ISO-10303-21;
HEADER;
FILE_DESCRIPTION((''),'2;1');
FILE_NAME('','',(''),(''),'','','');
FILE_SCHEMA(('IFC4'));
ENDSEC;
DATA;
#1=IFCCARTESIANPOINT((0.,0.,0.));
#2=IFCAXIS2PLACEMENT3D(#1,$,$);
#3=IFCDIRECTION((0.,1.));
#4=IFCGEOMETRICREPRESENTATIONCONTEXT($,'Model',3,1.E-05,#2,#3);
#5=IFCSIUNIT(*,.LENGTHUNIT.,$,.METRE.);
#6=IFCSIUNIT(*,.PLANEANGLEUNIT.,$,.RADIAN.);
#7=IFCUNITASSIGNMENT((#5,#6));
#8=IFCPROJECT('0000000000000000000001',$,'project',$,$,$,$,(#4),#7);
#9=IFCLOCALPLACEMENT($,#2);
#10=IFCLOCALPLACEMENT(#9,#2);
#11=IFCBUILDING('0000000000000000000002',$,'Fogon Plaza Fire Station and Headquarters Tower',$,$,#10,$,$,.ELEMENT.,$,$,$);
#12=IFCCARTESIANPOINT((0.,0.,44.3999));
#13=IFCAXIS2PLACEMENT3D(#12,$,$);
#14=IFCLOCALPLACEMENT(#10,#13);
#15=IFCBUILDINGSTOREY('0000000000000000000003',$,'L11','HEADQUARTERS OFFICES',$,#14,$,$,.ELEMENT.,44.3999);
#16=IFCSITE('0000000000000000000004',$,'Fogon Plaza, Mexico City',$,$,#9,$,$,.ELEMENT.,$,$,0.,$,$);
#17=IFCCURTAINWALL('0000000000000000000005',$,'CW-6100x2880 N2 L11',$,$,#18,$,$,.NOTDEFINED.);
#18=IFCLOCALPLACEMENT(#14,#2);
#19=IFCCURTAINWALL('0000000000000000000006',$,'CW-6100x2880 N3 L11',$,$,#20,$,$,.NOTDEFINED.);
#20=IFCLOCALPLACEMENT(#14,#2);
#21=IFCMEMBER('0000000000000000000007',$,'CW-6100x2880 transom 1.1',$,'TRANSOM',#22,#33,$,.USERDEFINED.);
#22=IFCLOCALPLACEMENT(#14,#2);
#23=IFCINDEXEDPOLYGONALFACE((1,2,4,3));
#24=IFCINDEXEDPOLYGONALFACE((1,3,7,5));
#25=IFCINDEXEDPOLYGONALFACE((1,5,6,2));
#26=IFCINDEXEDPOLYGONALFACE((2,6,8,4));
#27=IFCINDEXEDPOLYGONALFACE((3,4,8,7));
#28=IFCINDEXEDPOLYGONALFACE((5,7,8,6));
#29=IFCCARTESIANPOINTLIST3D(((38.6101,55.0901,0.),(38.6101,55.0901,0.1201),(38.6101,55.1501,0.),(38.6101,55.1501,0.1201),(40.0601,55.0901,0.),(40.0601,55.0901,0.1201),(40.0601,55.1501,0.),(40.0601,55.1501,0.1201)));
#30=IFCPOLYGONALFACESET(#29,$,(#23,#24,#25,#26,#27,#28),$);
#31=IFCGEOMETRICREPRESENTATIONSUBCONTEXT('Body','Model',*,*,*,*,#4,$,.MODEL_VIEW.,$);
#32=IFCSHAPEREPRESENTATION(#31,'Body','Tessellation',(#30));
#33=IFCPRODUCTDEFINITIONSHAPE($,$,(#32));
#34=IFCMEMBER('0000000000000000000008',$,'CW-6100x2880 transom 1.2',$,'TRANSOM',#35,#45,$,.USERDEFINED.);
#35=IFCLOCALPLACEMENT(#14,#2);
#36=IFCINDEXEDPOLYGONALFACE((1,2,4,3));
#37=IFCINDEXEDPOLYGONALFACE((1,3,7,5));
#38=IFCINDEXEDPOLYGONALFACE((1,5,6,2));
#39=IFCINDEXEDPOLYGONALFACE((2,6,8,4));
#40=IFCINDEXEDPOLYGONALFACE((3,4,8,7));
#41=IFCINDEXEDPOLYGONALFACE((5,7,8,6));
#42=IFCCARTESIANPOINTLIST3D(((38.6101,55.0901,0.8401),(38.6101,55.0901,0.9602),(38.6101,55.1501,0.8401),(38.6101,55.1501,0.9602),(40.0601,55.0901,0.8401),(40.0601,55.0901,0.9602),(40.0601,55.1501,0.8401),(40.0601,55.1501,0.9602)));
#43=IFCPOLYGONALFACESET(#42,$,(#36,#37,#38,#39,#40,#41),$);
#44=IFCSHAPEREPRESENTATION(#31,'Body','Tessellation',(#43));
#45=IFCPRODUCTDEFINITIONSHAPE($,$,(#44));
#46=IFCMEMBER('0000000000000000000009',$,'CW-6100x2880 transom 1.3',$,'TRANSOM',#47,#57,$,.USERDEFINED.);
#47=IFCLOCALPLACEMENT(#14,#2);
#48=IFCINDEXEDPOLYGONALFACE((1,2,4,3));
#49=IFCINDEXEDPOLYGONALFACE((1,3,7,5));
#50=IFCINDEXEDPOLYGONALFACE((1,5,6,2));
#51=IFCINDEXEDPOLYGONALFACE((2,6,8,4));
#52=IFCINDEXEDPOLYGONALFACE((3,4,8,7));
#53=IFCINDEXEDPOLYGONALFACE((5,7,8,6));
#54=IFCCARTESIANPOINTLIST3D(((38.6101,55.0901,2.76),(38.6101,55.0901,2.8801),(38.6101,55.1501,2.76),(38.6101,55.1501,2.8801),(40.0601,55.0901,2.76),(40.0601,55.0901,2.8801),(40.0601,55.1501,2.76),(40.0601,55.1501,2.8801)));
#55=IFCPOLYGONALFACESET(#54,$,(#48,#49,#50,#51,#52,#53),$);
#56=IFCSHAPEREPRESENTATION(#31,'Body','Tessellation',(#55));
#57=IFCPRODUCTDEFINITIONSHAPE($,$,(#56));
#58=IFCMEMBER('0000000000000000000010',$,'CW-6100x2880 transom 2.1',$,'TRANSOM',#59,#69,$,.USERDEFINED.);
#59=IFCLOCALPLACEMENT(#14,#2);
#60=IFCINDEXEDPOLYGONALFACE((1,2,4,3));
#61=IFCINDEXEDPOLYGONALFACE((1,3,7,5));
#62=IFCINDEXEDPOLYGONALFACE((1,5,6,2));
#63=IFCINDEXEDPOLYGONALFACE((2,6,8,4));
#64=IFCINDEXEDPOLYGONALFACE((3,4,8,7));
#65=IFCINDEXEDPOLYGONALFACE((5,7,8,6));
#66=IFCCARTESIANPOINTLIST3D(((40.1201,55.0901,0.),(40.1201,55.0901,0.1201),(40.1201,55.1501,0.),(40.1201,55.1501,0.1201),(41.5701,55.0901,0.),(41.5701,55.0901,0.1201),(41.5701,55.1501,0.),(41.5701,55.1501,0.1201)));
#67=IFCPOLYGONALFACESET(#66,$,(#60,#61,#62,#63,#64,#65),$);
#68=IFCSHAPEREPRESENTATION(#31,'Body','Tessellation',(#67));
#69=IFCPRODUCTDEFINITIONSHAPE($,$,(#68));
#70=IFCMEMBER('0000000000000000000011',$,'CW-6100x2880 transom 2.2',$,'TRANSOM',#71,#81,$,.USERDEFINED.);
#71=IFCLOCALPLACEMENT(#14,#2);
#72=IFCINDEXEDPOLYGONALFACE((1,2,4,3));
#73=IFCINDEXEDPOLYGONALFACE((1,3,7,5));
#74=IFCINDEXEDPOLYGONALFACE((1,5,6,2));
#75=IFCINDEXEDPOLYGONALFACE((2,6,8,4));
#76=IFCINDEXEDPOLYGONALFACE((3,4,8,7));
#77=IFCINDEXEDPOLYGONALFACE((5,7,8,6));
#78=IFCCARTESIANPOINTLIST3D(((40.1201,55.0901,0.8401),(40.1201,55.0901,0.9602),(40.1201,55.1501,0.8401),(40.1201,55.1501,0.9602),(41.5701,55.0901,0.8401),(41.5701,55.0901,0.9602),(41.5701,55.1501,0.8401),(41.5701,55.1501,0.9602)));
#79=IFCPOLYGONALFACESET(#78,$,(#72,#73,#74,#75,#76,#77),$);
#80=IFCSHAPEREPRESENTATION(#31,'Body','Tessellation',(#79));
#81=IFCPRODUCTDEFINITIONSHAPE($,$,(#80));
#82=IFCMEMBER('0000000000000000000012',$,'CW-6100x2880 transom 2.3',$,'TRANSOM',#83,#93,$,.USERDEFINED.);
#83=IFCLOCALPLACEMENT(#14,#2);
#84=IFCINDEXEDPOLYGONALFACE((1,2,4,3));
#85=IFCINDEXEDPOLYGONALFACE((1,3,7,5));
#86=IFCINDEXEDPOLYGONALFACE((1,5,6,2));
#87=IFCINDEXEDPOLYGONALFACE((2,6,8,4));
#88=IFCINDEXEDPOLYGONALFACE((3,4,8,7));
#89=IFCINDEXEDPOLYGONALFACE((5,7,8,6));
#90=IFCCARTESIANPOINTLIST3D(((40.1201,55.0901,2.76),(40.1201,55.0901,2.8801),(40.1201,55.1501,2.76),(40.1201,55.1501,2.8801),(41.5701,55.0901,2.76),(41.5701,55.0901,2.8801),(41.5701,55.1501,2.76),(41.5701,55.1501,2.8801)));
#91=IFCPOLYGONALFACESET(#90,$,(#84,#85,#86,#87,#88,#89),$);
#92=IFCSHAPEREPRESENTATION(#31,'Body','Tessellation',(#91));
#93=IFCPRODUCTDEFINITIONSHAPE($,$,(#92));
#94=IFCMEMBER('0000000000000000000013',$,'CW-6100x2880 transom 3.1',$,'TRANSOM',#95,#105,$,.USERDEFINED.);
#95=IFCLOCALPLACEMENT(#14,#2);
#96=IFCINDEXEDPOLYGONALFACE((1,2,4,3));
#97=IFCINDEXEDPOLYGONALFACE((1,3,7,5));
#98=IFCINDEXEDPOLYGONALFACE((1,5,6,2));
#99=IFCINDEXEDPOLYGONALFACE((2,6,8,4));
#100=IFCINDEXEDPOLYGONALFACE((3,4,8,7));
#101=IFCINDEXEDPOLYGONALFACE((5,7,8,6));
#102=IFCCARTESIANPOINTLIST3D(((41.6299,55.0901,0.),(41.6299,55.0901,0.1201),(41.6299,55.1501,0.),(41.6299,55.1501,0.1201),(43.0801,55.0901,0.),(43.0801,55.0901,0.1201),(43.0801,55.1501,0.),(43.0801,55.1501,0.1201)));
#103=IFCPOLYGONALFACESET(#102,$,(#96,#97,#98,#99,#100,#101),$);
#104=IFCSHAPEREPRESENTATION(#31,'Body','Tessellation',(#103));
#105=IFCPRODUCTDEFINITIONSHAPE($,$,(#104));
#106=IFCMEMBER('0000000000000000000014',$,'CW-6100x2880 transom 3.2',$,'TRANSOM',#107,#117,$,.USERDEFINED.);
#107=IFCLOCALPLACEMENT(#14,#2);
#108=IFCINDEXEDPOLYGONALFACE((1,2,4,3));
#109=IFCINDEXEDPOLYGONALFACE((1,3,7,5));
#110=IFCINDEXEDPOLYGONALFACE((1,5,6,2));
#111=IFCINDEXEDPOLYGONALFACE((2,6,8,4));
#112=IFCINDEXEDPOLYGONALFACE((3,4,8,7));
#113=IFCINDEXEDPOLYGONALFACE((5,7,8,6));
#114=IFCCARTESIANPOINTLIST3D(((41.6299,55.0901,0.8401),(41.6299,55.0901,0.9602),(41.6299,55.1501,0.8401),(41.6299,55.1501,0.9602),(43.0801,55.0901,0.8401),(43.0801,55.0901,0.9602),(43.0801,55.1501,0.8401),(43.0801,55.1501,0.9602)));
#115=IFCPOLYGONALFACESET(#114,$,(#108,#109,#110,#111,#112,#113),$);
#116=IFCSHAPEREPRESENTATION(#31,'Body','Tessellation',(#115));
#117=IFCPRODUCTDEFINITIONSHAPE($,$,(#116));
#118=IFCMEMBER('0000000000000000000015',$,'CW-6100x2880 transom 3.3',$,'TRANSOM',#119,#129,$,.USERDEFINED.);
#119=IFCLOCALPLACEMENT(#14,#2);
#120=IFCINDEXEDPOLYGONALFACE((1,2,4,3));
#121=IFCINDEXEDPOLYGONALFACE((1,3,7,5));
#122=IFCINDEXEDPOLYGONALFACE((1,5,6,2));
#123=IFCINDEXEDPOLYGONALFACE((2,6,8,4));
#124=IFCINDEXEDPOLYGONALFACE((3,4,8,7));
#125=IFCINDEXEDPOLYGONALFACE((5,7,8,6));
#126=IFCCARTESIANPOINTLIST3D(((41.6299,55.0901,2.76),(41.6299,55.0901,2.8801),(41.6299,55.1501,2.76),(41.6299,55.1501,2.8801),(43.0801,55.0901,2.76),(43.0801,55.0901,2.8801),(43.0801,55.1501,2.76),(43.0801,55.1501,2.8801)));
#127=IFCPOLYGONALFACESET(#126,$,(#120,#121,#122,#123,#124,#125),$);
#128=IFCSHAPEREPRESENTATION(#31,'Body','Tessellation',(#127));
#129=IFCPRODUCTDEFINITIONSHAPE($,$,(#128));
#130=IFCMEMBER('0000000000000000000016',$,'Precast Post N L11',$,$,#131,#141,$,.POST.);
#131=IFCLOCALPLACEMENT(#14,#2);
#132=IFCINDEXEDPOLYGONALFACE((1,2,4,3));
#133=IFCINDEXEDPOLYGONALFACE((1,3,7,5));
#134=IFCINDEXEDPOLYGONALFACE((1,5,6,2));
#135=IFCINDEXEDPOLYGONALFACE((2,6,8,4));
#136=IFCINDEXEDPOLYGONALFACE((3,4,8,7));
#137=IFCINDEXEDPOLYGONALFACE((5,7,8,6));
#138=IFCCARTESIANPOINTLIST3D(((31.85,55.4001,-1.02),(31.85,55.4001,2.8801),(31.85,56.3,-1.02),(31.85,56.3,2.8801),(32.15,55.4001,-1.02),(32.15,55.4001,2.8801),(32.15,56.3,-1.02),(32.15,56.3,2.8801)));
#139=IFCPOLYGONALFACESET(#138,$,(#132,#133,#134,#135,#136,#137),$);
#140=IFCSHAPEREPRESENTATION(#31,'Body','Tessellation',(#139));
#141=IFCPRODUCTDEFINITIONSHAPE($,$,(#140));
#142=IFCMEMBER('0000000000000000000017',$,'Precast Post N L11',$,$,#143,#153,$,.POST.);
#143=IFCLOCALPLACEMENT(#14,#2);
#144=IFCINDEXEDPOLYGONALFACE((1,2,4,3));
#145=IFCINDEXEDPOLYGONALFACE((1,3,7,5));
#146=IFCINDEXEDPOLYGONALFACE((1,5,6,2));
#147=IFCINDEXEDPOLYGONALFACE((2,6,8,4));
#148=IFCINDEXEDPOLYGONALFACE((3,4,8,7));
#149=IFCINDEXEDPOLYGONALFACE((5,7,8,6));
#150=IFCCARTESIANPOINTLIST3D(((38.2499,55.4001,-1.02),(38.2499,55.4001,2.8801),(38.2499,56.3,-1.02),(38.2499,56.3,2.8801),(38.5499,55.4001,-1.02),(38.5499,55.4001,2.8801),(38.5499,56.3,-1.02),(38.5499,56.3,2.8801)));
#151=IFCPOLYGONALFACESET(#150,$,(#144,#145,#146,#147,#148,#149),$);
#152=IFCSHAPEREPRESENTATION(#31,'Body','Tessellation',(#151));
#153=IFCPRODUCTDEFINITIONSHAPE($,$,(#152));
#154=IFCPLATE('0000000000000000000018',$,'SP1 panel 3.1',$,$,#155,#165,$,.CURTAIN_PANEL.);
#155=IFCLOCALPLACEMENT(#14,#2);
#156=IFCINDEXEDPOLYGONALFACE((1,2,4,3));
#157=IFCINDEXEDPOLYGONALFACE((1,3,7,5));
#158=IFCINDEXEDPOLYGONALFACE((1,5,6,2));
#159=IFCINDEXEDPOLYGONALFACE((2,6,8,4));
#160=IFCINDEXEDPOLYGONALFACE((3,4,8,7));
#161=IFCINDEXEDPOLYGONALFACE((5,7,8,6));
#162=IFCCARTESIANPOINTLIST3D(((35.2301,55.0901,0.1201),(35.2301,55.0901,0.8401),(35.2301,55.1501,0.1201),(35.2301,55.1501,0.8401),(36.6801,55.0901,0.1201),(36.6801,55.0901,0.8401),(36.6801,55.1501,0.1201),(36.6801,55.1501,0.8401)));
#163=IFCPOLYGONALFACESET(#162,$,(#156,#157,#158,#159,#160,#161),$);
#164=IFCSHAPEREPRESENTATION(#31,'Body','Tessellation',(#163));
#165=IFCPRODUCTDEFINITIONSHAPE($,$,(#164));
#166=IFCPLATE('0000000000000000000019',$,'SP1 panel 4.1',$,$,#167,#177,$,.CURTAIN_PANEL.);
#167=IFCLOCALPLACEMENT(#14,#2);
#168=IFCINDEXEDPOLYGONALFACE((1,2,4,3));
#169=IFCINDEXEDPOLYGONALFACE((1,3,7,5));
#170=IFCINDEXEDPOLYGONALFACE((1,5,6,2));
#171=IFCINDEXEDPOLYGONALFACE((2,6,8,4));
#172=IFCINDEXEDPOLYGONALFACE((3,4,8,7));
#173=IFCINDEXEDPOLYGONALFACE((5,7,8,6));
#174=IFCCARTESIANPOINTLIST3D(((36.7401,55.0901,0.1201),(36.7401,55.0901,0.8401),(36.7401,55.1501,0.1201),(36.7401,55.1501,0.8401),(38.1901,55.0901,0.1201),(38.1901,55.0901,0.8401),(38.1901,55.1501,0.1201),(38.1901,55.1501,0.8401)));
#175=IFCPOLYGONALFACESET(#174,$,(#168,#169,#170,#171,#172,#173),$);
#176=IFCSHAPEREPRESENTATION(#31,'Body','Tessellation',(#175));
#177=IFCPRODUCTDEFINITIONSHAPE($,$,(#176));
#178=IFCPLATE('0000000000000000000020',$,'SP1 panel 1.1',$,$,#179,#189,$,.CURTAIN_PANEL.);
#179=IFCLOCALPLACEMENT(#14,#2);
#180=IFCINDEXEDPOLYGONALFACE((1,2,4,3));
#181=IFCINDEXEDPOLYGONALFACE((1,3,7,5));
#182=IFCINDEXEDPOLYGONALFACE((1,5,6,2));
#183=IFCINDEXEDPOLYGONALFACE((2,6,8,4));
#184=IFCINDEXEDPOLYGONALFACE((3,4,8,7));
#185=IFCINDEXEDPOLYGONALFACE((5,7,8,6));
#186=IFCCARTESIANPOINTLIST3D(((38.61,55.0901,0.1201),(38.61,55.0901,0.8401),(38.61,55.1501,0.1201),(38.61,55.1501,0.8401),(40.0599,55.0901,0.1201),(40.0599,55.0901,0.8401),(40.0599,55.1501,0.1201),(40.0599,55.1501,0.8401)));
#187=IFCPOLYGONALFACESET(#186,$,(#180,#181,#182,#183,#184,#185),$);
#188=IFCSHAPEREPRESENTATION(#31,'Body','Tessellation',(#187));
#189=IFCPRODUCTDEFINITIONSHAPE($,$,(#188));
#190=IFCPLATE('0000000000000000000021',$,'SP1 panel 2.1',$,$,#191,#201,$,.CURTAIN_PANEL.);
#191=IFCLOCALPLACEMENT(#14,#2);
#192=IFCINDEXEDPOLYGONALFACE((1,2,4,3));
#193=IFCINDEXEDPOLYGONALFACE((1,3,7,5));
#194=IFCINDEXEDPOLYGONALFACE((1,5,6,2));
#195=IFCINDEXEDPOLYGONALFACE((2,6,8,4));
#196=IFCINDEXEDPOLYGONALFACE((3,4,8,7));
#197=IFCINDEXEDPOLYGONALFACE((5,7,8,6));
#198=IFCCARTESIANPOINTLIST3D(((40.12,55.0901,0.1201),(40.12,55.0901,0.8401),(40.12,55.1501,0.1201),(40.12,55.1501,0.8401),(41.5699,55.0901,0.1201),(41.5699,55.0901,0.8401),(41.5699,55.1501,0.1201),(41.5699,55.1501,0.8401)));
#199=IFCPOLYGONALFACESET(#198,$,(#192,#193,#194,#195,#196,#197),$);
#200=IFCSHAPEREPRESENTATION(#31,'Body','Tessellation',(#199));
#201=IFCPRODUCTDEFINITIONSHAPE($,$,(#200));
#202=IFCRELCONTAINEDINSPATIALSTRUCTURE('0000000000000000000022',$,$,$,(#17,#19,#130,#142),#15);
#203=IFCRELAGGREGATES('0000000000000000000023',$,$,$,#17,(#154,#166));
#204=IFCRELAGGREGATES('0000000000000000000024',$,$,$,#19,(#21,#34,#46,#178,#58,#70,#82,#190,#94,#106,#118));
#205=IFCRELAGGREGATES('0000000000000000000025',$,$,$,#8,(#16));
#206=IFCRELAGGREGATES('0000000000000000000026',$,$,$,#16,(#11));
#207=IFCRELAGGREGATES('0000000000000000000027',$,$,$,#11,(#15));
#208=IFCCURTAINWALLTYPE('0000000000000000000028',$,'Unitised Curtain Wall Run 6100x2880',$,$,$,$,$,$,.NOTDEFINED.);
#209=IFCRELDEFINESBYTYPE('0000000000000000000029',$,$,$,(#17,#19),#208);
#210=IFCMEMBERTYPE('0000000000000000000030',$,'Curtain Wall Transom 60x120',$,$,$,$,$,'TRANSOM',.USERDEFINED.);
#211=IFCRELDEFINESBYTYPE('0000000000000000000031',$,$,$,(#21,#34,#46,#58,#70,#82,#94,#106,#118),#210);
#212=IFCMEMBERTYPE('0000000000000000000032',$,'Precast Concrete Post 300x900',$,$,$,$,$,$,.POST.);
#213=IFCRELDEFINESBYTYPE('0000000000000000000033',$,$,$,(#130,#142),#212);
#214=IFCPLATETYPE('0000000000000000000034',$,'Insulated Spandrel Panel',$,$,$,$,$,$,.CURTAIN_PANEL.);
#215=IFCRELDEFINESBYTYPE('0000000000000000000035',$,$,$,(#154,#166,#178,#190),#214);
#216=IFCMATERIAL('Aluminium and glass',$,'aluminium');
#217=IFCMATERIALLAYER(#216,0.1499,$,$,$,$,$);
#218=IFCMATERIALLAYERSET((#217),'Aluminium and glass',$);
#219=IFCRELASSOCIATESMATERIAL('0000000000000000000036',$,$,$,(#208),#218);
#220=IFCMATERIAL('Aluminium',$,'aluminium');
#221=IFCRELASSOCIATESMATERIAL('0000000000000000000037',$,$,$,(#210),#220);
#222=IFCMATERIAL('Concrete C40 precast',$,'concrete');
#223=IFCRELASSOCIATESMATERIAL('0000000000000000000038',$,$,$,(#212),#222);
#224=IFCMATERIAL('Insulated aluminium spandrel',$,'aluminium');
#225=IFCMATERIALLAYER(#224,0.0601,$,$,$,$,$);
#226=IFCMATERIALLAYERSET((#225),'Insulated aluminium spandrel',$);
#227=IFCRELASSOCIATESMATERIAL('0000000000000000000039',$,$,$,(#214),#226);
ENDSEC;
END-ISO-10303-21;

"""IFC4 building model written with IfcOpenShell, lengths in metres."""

from ifc_helpers import new_model, si_unit, direction, frame, origin, origin_2d, place, context, subcontext, project, spatial, rectangle, extrude, material, layer, layer_set, material_profile, profile_set, type_object, element, aggregate, save


model = new_model("IFC4")

# Units and contexts
model_context = context("Model", 3, precision=1e-05, world=origin(), true_north=direction((0.0, 1.0)))
body_context = subcontext(model_context, "Body", "Model", "MODEL_VIEW")
ifc_project = project(units=[si_unit("LENGTHUNIT", "METRE"), si_unit("PLANEANGLEUNIT", "RADIAN")], contexts=[model_context])

# Site, building, storey
site_placement = place(None, origin())
site = spatial("IfcSite", under=ifc_project, at=site_placement, Name="Fogon Plaza, Mexico City", CompositionType="ELEMENT", RefElevation=0.0)
building_placement = place(site_placement, origin())
building = spatial("IfcBuilding", under=site, at=building_placement, Name="Fogon Plaza Fire Station and Headquarters Tower", CompositionType="ELEMENT")
storey_placement = place(building_placement, frame((0.0, 0.0, 44.3999)))
storey = spatial("IfcBuildingStorey", under=building, at=storey_placement, Name="L11", Description="HEADQUARTERS OFFICES", CompositionType="ELEMENT", Elevation=44.3999)

# Curtain walls
ifc_material_1 = material(Name="Aluminium and glass", Category="aluminium")
ifc_layer_1 = layer(ifc_material_1, 0.1499)
ifc_layer_set_1 = layer_set([ifc_layer_1], Name="Aluminium and glass")
curtain_wall_type = type_object("IfcCurtainWallType", Name="Unitised Curtain Wall Run 6100x2880", PredefinedType="NOTDEFINED", material=ifc_layer_set_1)
curtain_wall_1_placement = place(storey_placement, origin())
curtain_wall_1 = element("IfcCurtainWall", 1, at=curtain_wall_1_placement, inside=storey, type_object=curtain_wall_type, Name="CW-6100x2880 N2 L11", PredefinedType="NOTDEFINED")
curtain_wall_2_placement = place(storey_placement, origin())
curtain_wall_2 = element("IfcCurtainWall", 2, at=curtain_wall_2_placement, inside=storey, type_object=curtain_wall_type, Name="CW-6100x2880 N3 L11", PredefinedType="NOTDEFINED")

# Members
ifc_material_2 = material(Name="Aluminium", Category="aluminium")
ifc_material_profile_1 = material_profile(ifc_material_2, rectangle(XDim=0.0601, YDim=0.1201, at=origin_2d()), Name="Curtain Wall Transom 60x120")
ifc_profile_set_1 = profile_set([ifc_material_profile_1], Name="Aluminium")
member_type_1 = type_object("IfcMemberType", Name="Curtain Wall Transom 60x120", ElementType="TRANSOM", PredefinedType="USERDEFINED", material=ifc_profile_set_1)
member_1_placement = place(storey_placement, frame((38.6101, 55.1201, 0.0601), z_axis=(1.0, 0.0, 0.0), x_axis=(0.0, 1.0, 0.0)))
member_1 = element("IfcMember", 3, at=member_1_placement, type_object=member_type_1, Name="CW-6100x2880 transom 1.1", ObjectType="TRANSOM", PredefinedType="USERDEFINED", context=body_context, shape_type="SweptSolid", body=[
    extrude(rectangle(XDim=0.0601, YDim=0.1201, at=origin_2d()), origin(), (0.0, 0.0, 1.0), 1.45),
])
member_2_placement = place(storey_placement, frame((38.6101, 55.1201, 0.9001), z_axis=(1.0, 0.0, 0.0), x_axis=(0.0, 1.0, 0.0)))
member_2 = element("IfcMember", 4, at=member_2_placement, type_object=member_type_1, Name="CW-6100x2880 transom 1.2", ObjectType="TRANSOM", PredefinedType="USERDEFINED", context=body_context, shape_type="SweptSolid", body=[
    extrude(rectangle(XDim=0.0601, YDim=0.1201, at=origin_2d()), origin(), (0.0, 0.0, 1.0), 1.45),
])
member_3_placement = place(storey_placement, frame((38.6101, 55.1201, 2.8201), z_axis=(1.0, 0.0, 0.0), x_axis=(0.0, 1.0, 0.0)))
member_3 = element("IfcMember", 5, at=member_3_placement, type_object=member_type_1, Name="CW-6100x2880 transom 1.3", ObjectType="TRANSOM", PredefinedType="USERDEFINED", context=body_context, shape_type="SweptSolid", body=[
    extrude(rectangle(XDim=0.0601, YDim=0.1201, at=origin_2d()), origin(), (0.0, 0.0, 1.0), 1.45),
])
member_4_placement = place(storey_placement, frame((40.1201, 55.1201, 0.0601), z_axis=(1.0, 0.0, 0.0), x_axis=(0.0, 1.0, 0.0)))
member_4 = element("IfcMember", 6, at=member_4_placement, type_object=member_type_1, Name="CW-6100x2880 transom 2.1", ObjectType="TRANSOM", PredefinedType="USERDEFINED", context=body_context, shape_type="SweptSolid", body=[
    extrude(rectangle(XDim=0.0601, YDim=0.1201, at=origin_2d()), origin(), (0.0, 0.0, 1.0), 1.45),
])
member_5_placement = place(storey_placement, frame((40.1201, 55.1201, 0.9001), z_axis=(1.0, 0.0, 0.0), x_axis=(0.0, 1.0, 0.0)))
member_5 = element("IfcMember", 7, at=member_5_placement, type_object=member_type_1, Name="CW-6100x2880 transom 2.2", ObjectType="TRANSOM", PredefinedType="USERDEFINED", context=body_context, shape_type="SweptSolid", body=[
    extrude(rectangle(XDim=0.0601, YDim=0.1201, at=origin_2d()), origin(), (0.0, 0.0, 1.0), 1.45),
])
member_6_placement = place(storey_placement, frame((40.1201, 55.1201, 2.8201), z_axis=(1.0, 0.0, 0.0), x_axis=(0.0, 1.0, 0.0)))
member_6 = element("IfcMember", 8, at=member_6_placement, type_object=member_type_1, Name="CW-6100x2880 transom 2.3", ObjectType="TRANSOM", PredefinedType="USERDEFINED", context=body_context, shape_type="SweptSolid", body=[
    extrude(rectangle(XDim=0.0601, YDim=0.1201, at=origin_2d()), origin(), (0.0, 0.0, 1.0), 1.45),
])
member_7_placement = place(storey_placement, frame((41.6299, 55.1201, 0.0601), z_axis=(1.0, 0.0, 0.0), x_axis=(0.0, 1.0, 0.0)))
member_7 = element("IfcMember", 9, at=member_7_placement, type_object=member_type_1, Name="CW-6100x2880 transom 3.1", ObjectType="TRANSOM", PredefinedType="USERDEFINED", context=body_context, shape_type="SweptSolid", body=[
    extrude(rectangle(XDim=0.0601, YDim=0.1201, at=origin_2d()), origin(), (0.0, 0.0, 1.0), 1.4502),
])
member_8_placement = place(storey_placement, frame((41.6299, 55.1201, 0.9001), z_axis=(1.0, 0.0, 0.0), x_axis=(0.0, 1.0, 0.0)))
member_8 = element("IfcMember", 10, at=member_8_placement, type_object=member_type_1, Name="CW-6100x2880 transom 3.2", ObjectType="TRANSOM", PredefinedType="USERDEFINED", context=body_context, shape_type="SweptSolid", body=[
    extrude(rectangle(XDim=0.0601, YDim=0.1201, at=origin_2d()), origin(), (0.0, 0.0, 1.0), 1.4502),
])
member_9_placement = place(storey_placement, frame((41.6299, 55.1201, 2.8201), z_axis=(1.0, 0.0, 0.0), x_axis=(0.0, 1.0, 0.0)))
member_9 = element("IfcMember", 11, at=member_9_placement, type_object=member_type_1, Name="CW-6100x2880 transom 3.3", ObjectType="TRANSOM", PredefinedType="USERDEFINED", context=body_context, shape_type="SweptSolid", body=[
    extrude(rectangle(XDim=0.0601, YDim=0.1201, at=origin_2d()), origin(), (0.0, 0.0, 1.0), 1.4502),
])

# Members
ifc_material_3 = material(Name="Concrete C40 precast", Category="concrete")
ifc_material_profile_2 = material_profile(ifc_material_3, rectangle(XDim=0.3, YDim=0.8999, at=origin_2d()), Name="Precast Concrete Post 300x900")
ifc_profile_set_2 = profile_set([ifc_material_profile_2], Name="Concrete C40 precast")
member_type_2 = type_object("IfcMemberType", Name="Precast Concrete Post 300x900", PredefinedType="POST", material=ifc_profile_set_2)
for number, where, z_axis, x_axis, name in (
    (12, (32.0, 55.8501, -1.02), (0.0, 0.0, 1.0), (1.0, 0.0, 0.0), "Precast Post N L11"),
    (13, (38.3999, 55.8501, -1.02), (0.0, 0.0, 1.0), (1.0, 0.0, 0.0), "Precast Post N L11"),
):
    element("IfcMember", number, at=place(storey_placement, frame(where, z_axis=z_axis, x_axis=x_axis)), inside=storey, type_object=member_type_2, Name=name, PredefinedType="POST", context=body_context, shape_type="SweptSolid", body=[
        extrude(rectangle(XDim=0.3, YDim=0.8999, at=origin_2d()), origin(), (0.0, 0.0, 1.0), 3.9001),
    ])

# Plates
ifc_material_4 = material(Name="Insulated aluminium spandrel", Category="aluminium")
ifc_layer_2 = layer(ifc_material_4, 0.0601)
ifc_layer_set_2 = layer_set([ifc_layer_2], Name="Insulated aluminium spandrel")
plate_type_1 = type_object("IfcPlateType", Name="Insulated Spandrel Panel", PredefinedType="CURTAIN_PANEL", material=ifc_layer_set_2)
plate_1_placement = place(storey_placement, frame((35.9551, 55.1201, 0.1201), z_axis=(0.0, 0.0, 1.0), x_axis=(1.0, 0.0, 0.0)))
plate_1 = element("IfcPlate", 14, at=plate_1_placement, type_object=plate_type_1, Name="SP1 panel 3.1", PredefinedType="CURTAIN_PANEL", context=body_context, shape_type="SweptSolid", body=[
    extrude(rectangle(XDim=1.45, YDim=0.0601, at=origin_2d()), origin(), (0.0, 0.0, 1.0), 0.72),
])
plate_2_placement = place(storey_placement, frame((37.4651, 55.1201, 0.1201), z_axis=(0.0, 0.0, 1.0), x_axis=(1.0, 0.0, 0.0)))
plate_2 = element("IfcPlate", 15, at=plate_2_placement, type_object=plate_type_1, Name="SP1 panel 4.1", PredefinedType="CURTAIN_PANEL", context=body_context, shape_type="SweptSolid", body=[
    extrude(rectangle(XDim=1.45, YDim=0.0601, at=origin_2d()), origin(), (0.0, 0.0, 1.0), 0.72),
])
plate_3_placement = place(storey_placement, frame((39.335, 55.1201, 0.1201), z_axis=(0.0, 0.0, 1.0), x_axis=(1.0, 0.0, 0.0)))
plate_3 = element("IfcPlate", 16, at=plate_3_placement, type_object=plate_type_1, Name="SP1 panel 1.1", PredefinedType="CURTAIN_PANEL", context=body_context, shape_type="SweptSolid", body=[
    extrude(rectangle(XDim=1.45, YDim=0.0601, at=origin_2d()), origin(), (0.0, 0.0, 1.0), 0.72),
])
plate_4_placement = place(storey_placement, frame((40.845, 55.1201, 0.1201), z_axis=(0.0, 0.0, 1.0), x_axis=(1.0, 0.0, 0.0)))
plate_4 = element("IfcPlate", 17, at=plate_4_placement, type_object=plate_type_1, Name="SP1 panel 2.1", PredefinedType="CURTAIN_PANEL", context=body_context, shape_type="SweptSolid", body=[
    extrude(rectangle(XDim=1.45, YDim=0.0601, at=origin_2d()), origin(), (0.0, 0.0, 1.0), 0.72),
])
aggregate(curtain_wall_1, [plate_1, plate_2])
aggregate(curtain_wall_2, [member_1, member_2, member_3, plate_3, member_4, member_5, member_6, plate_4, member_7, member_8, member_9])

save(model, "model.ifc")
